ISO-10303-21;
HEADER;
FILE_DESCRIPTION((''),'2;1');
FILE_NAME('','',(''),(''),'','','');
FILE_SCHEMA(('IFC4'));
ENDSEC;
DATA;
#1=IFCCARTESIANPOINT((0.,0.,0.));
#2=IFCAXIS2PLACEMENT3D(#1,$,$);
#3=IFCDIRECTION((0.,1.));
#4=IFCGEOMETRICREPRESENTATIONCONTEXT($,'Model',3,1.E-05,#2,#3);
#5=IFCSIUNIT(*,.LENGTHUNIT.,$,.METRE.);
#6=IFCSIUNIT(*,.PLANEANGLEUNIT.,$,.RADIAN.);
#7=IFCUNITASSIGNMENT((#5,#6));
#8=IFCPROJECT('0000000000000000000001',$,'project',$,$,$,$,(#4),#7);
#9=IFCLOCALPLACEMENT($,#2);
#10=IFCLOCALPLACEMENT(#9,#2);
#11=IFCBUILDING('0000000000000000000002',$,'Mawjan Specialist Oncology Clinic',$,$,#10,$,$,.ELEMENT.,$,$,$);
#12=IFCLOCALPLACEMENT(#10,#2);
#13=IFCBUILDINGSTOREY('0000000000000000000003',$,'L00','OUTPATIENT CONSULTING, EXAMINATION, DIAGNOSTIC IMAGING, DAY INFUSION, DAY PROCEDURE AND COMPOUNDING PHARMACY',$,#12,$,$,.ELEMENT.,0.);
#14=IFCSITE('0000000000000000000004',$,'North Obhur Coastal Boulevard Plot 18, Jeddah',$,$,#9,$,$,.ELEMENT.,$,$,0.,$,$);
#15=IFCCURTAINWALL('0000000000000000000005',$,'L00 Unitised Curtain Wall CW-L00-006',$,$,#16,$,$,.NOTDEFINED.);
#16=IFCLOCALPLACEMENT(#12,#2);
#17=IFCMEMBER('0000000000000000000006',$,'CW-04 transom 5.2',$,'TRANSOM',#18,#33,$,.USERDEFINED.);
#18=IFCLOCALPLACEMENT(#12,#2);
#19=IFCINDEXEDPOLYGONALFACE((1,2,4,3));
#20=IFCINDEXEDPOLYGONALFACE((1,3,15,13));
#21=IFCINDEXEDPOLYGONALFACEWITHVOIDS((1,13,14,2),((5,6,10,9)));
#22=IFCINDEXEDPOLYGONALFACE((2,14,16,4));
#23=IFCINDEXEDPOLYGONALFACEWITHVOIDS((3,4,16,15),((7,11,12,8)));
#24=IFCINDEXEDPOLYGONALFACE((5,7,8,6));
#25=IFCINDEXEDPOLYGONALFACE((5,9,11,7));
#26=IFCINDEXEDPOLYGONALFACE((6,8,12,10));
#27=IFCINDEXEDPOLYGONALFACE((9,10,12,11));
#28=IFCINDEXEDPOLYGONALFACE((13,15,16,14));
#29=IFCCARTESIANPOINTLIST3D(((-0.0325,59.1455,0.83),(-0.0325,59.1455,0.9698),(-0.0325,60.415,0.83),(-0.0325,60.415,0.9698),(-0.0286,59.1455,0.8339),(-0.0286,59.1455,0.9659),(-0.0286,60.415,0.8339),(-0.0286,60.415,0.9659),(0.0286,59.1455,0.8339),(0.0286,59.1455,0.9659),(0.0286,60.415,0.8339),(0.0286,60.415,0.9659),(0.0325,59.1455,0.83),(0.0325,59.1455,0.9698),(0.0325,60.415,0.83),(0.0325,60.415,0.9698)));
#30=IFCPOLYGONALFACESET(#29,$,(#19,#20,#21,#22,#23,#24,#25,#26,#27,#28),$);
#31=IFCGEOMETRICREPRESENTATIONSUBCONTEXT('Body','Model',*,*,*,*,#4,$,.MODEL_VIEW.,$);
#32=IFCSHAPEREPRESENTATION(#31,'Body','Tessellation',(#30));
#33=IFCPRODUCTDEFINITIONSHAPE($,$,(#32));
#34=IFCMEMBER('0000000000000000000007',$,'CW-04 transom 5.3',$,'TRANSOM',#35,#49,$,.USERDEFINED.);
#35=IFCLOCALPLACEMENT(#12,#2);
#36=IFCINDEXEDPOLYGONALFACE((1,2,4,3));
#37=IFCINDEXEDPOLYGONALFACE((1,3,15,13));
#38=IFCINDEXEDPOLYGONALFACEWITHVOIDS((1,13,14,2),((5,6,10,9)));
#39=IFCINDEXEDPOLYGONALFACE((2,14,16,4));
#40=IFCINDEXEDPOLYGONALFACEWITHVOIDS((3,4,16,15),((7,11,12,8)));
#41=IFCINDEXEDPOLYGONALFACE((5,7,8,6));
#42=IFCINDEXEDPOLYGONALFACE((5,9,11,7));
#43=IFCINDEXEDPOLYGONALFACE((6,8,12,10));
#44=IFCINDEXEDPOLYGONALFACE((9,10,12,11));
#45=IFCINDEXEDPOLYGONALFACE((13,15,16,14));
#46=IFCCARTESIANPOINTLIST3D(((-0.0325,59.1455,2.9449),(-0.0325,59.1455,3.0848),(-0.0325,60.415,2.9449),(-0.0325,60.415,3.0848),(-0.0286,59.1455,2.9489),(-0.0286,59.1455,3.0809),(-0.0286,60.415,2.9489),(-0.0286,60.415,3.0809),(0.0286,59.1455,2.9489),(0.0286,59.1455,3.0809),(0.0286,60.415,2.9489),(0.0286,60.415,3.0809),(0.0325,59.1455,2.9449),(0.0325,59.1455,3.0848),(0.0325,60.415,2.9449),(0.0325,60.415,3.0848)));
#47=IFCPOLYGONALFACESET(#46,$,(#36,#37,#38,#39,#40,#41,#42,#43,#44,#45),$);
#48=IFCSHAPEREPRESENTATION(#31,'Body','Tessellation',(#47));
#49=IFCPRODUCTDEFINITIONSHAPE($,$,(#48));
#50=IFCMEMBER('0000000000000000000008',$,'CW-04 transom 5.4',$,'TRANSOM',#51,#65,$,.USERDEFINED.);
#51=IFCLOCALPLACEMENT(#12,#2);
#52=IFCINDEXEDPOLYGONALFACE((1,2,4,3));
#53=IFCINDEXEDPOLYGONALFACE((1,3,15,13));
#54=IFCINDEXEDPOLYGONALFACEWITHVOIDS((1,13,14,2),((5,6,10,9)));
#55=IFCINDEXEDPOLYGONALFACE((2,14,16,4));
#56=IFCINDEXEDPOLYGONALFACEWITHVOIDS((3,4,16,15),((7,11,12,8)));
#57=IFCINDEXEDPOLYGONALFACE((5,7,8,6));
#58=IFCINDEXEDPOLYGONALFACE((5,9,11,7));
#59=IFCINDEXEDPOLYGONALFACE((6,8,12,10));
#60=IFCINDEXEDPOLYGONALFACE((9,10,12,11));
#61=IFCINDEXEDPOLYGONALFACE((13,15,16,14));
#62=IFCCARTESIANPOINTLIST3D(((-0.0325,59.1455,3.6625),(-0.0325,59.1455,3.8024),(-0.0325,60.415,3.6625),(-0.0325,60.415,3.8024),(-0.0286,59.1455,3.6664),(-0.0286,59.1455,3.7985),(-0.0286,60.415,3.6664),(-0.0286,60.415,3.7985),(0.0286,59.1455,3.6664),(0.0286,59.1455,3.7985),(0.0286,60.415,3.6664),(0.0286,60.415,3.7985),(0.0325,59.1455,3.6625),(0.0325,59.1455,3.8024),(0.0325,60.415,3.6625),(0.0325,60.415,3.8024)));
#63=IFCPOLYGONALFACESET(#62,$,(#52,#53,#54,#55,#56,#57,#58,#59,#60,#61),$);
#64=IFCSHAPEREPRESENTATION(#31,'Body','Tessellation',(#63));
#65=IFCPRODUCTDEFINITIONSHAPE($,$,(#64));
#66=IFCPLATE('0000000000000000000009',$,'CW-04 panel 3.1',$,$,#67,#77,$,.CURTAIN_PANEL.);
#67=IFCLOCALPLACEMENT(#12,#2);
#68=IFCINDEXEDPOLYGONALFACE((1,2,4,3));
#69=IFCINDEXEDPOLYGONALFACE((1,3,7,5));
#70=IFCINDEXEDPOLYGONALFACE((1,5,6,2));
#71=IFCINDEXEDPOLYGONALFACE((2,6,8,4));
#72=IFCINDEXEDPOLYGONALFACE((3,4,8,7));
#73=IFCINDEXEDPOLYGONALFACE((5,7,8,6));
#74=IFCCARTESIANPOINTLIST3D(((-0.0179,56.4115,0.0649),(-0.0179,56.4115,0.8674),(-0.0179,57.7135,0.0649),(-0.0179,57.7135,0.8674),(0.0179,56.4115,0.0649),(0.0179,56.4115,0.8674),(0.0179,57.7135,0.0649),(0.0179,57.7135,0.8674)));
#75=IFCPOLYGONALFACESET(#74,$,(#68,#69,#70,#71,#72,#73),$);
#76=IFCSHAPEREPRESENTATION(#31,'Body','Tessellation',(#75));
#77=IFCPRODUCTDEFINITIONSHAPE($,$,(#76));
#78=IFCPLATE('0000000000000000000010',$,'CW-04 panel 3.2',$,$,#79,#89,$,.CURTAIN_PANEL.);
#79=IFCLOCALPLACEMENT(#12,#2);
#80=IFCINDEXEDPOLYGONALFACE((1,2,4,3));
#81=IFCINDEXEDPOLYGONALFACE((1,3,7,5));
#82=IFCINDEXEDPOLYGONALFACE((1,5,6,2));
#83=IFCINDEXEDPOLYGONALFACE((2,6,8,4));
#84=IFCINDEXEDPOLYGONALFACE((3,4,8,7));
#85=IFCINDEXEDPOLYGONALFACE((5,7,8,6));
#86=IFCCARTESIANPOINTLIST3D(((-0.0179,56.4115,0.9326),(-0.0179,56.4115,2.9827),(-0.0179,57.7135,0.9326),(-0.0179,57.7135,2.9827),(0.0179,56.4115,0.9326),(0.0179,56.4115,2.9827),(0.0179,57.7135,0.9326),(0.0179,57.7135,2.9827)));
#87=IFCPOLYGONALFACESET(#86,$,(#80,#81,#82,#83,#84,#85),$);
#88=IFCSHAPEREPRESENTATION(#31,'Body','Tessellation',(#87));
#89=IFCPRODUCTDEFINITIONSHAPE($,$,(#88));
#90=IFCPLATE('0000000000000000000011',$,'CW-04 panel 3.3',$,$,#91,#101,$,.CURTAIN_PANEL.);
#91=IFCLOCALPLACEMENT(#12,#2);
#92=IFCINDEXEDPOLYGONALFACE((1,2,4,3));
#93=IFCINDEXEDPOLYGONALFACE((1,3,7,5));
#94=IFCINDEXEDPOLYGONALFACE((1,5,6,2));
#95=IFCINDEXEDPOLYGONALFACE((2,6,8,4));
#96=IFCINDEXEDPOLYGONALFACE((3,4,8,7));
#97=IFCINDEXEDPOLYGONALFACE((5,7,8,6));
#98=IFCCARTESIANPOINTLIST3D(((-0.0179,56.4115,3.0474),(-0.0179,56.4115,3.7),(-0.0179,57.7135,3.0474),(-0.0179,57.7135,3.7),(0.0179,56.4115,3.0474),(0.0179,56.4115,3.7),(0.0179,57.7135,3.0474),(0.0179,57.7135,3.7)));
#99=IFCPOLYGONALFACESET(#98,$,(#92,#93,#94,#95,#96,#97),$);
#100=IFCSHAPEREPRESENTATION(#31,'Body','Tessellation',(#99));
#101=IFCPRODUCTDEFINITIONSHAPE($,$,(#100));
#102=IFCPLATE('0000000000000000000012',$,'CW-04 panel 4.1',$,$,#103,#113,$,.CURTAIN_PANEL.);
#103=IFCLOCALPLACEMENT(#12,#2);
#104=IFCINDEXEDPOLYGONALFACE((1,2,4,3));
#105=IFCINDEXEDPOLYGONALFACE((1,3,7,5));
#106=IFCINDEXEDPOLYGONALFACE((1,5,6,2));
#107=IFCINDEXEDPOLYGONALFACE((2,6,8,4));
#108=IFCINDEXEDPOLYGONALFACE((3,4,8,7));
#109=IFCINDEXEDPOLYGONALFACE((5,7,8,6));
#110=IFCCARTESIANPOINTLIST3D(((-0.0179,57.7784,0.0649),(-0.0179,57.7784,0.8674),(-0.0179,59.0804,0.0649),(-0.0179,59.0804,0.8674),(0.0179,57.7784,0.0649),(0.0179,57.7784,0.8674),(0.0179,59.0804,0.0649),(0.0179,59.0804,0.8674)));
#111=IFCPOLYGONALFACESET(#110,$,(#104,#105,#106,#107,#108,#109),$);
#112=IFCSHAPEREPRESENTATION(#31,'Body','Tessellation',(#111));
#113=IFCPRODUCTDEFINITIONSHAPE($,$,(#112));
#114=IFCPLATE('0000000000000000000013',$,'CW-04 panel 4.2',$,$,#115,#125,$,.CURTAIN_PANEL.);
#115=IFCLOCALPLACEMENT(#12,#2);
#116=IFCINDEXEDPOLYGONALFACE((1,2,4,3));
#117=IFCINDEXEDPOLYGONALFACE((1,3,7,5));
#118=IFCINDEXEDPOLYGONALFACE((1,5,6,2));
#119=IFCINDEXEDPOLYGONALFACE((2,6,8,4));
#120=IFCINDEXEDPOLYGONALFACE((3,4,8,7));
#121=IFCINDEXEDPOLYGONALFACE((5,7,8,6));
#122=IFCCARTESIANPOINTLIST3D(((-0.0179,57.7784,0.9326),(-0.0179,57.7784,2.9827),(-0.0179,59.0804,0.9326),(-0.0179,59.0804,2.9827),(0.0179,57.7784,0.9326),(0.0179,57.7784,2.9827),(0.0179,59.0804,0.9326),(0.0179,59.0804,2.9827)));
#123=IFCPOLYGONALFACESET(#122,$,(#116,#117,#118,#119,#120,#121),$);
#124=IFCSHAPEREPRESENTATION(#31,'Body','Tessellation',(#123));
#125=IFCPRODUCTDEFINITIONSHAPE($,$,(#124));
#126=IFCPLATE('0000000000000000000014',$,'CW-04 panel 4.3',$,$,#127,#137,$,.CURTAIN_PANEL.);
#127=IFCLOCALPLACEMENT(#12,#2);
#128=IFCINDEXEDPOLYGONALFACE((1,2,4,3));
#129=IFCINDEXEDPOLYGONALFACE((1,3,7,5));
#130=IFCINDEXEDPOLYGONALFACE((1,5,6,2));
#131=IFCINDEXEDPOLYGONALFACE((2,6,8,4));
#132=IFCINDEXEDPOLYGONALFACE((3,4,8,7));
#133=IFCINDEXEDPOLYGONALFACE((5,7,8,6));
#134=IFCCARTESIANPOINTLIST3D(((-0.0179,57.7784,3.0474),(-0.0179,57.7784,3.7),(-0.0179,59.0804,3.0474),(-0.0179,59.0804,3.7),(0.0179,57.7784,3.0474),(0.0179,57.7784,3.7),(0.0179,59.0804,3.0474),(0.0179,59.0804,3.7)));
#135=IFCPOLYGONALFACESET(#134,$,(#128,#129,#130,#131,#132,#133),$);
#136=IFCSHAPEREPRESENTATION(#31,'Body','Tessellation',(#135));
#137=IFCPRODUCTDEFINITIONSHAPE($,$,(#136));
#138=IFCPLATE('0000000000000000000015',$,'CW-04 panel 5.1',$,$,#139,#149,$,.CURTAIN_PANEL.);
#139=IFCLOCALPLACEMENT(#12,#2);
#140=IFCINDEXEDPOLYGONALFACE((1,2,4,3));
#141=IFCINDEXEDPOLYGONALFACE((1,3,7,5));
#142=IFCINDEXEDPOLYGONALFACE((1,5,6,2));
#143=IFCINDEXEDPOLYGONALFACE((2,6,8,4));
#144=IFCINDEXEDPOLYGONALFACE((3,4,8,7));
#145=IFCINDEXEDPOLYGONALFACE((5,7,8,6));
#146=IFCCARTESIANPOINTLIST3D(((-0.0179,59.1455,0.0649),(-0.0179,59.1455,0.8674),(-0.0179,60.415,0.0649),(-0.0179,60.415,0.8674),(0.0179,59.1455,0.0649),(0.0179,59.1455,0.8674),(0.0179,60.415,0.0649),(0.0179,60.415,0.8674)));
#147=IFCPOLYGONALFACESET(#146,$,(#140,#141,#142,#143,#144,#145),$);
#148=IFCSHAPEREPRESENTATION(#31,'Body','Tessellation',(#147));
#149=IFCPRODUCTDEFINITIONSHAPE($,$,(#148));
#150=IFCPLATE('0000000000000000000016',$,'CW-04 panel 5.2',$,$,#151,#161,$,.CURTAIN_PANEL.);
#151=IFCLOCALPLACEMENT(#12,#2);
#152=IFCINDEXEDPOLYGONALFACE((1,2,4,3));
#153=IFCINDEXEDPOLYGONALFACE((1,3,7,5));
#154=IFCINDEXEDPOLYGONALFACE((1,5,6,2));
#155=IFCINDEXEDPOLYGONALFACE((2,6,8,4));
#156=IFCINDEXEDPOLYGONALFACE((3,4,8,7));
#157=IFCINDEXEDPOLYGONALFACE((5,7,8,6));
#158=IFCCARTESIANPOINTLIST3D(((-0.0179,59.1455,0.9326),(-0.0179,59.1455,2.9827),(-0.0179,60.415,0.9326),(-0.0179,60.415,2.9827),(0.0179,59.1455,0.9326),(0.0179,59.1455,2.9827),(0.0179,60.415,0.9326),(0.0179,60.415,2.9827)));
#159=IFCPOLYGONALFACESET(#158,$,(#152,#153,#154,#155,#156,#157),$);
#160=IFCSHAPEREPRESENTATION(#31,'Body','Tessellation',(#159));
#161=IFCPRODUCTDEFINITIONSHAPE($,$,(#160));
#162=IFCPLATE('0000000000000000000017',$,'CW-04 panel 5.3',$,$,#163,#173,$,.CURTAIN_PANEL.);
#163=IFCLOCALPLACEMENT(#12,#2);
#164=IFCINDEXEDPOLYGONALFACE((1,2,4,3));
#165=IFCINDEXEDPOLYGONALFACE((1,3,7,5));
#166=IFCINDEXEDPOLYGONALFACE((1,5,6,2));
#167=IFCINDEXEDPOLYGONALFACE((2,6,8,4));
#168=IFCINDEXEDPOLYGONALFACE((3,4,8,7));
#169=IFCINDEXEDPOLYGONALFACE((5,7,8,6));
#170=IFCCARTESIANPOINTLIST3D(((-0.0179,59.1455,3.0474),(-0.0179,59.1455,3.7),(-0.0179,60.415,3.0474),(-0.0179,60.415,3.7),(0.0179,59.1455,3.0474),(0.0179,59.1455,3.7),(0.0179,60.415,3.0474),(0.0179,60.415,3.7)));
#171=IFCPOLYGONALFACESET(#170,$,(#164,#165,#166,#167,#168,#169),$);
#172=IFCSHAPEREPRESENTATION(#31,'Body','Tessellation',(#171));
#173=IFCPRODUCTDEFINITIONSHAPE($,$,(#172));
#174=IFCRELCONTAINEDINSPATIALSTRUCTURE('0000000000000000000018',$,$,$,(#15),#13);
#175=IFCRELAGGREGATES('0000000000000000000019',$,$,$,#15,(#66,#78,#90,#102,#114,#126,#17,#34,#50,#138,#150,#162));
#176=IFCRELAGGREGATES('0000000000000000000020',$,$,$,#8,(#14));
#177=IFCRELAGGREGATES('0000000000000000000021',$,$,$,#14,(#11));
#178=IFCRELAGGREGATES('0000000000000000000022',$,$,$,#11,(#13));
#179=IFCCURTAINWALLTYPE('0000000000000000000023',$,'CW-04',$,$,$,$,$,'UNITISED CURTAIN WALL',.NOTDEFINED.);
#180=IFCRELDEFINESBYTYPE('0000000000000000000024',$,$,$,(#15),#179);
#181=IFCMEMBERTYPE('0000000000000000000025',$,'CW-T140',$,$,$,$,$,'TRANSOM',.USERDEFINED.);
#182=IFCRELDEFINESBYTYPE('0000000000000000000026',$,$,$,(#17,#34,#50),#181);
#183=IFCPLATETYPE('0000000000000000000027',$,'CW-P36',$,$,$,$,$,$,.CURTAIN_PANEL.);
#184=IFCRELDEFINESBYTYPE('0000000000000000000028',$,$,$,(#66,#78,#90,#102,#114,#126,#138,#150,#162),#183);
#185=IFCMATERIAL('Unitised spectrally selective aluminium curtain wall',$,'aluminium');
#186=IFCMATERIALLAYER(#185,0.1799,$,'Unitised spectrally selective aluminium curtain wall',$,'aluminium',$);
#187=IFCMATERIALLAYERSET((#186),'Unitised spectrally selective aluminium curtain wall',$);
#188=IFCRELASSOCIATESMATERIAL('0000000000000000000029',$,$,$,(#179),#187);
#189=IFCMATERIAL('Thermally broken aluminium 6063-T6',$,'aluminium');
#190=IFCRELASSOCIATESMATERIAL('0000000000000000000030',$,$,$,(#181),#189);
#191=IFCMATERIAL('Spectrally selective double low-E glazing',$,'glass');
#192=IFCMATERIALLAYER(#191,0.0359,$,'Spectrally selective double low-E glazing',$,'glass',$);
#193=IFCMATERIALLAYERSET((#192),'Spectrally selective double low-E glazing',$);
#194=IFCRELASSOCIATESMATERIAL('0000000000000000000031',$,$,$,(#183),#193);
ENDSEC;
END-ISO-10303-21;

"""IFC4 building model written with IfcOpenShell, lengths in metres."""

from ifc_helpers import new_model, si_unit, direction, frame, origin, origin_2d, place, context, subcontext, project, spatial, rectangle, hollow_rectangle, extrude, material, layer, layer_set, material_profile, profile_set, type_object, element, aggregate, save


model = new_model("IFC4")

# Units and contexts
model_context = context("Model", 3, precision=1e-05, world=origin(), true_north=direction((0.0, 1.0)))
body_context = subcontext(model_context, "Body", "Model", "MODEL_VIEW")
ifc_project = project(units=[si_unit("LENGTHUNIT", "METRE"), si_unit("PLANEANGLEUNIT", "RADIAN")], contexts=[model_context])

# Site, building, storey
site_placement = place(None, origin())
site = spatial("IfcSite", under=ifc_project, at=site_placement, Name="North Obhur Coastal Boulevard Plot 18, Jeddah", CompositionType="ELEMENT", RefElevation=0.0)
building_placement = place(site_placement, origin())
building = spatial("IfcBuilding", under=site, at=building_placement, Name="Mawjan Specialist Oncology Clinic", CompositionType="ELEMENT")
storey_placement = place(building_placement, origin())
storey = spatial("IfcBuildingStorey", under=building, at=storey_placement, Name="L00", Description="OUTPATIENT CONSULTING, EXAMINATION, DIAGNOSTIC IMAGING, DAY INFUSION, DAY PROCEDURE AND COMPOUNDING PHARMACY", CompositionType="ELEMENT", Elevation=0.0)

# Curtain wall, members, plates
ifc_material_1 = material(Name="Unitised spectrally selective aluminium curtain wall", Category="aluminium")
ifc_layer_1 = layer(ifc_material_1, 0.1799, Name="Unitised spectrally selective aluminium curtain wall", Category="aluminium")
ifc_layer_set_1 = layer_set([ifc_layer_1], Name="Unitised spectrally selective aluminium curtain wall")
curtain_wall_type = type_object("IfcCurtainWallType", Name="CW-04", ElementType="UNITISED CURTAIN WALL", PredefinedType="NOTDEFINED", material=ifc_layer_set_1)
curtain_wall_placement = place(storey_placement, origin())
curtain_wall = element("IfcCurtainWall", 1, at=curtain_wall_placement, inside=storey, type_object=curtain_wall_type, Name="L00 Unitised Curtain Wall CW-L00-006", PredefinedType="NOTDEFINED")
ifc_material_2 = material(Name="Thermally broken aluminium 6063-T6", Category="aluminium")
ifc_material_profile_1 = material_profile(ifc_material_2, hollow_rectangle(XDim=0.0649, YDim=0.1399, WallThickness=0.0039, at=origin_2d()), Name="ALU TRANSOM 140x65x4", Category="aluminium")
ifc_profile_set_1 = profile_set([ifc_material_profile_1], Name="Thermally broken aluminium 6063-T6")
member_type_1 = type_object("IfcMemberType", Name="CW-T140", ElementType="TRANSOM", PredefinedType="USERDEFINED", material=ifc_profile_set_1)
member_1_placement = place(storey_placement, frame((0.0, 59.1455, 0.8999), z_axis=(0.0, 1.0, 0.0), x_axis=(-1.0, 0.0, 0.0)))
member_1 = element("IfcMember", 2, at=member_1_placement, type_object=member_type_1, Name="CW-04 transom 5.2", ObjectType="TRANSOM", PredefinedType="USERDEFINED", context=body_context, shape_type="SweptSolid", body=[
    extrude(hollow_rectangle(XDim=0.0649, YDim=0.1399, WallThickness=0.0039, at=origin_2d()), origin(), (0.0, 0.0, 1.0), 1.2695),
])
member_2_placement = place(storey_placement, frame((0.0, 59.1455, 3.0149), z_axis=(0.0, 1.0, 0.0), x_axis=(-1.0, 0.0, 0.0)))
member_2 = element("IfcMember", 3, at=member_2_placement, type_object=member_type_1, Name="CW-04 transom 5.3", ObjectType="TRANSOM", PredefinedType="USERDEFINED", context=body_context, shape_type="SweptSolid", body=[
    extrude(hollow_rectangle(XDim=0.0649, YDim=0.1399, WallThickness=0.0039, at=origin_2d()), origin(), (0.0, 0.0, 1.0), 1.2695),
])
member_3_placement = place(storey_placement, frame((0.0, 59.1455, 3.7324), z_axis=(0.0, 1.0, 0.0), x_axis=(-1.0, 0.0, 0.0)))
member_3 = element("IfcMember", 4, at=member_3_placement, type_object=member_type_1, Name="CW-04 transom 5.4", ObjectType="TRANSOM", PredefinedType="USERDEFINED", context=body_context, shape_type="SweptSolid", body=[
    extrude(hollow_rectangle(XDim=0.0649, YDim=0.1399, WallThickness=0.0039, at=origin_2d()), origin(), (0.0, 0.0, 1.0), 1.2695),
])
ifc_material_3 = material(Name="Spectrally selective double low-E glazing", Category="glass")
ifc_layer_2 = layer(ifc_material_3, 0.0359, Name="Spectrally selective double low-E glazing", Category="glass")
ifc_layer_set_2 = layer_set([ifc_layer_2], Name="Spectrally selective double low-E glazing")
plate_type = type_object("IfcPlateType", Name="CW-P36", PredefinedType="CURTAIN_PANEL", material=ifc_layer_set_2)
plate_1_placement = place(storey_placement, frame((0.0, 57.0625, 0.0649), z_axis=(0.0, 0.0, 1.0), x_axis=(0.0, 1.0, 0.0)))
plate_1 = element("IfcPlate", 5, at=plate_1_placement, type_object=plate_type, Name="CW-04 panel 3.1", PredefinedType="CURTAIN_PANEL", context=body_context, shape_type="SweptSolid", body=[
    extrude(rectangle(XDim=1.302, YDim=0.0359, at=origin_2d()), origin(), (0.0, 0.0, 1.0), 0.8025),
])
plate_2_placement = place(storey_placement, frame((0.0, 57.0625, 0.9326), z_axis=(0.0, 0.0, 1.0), x_axis=(0.0, 1.0, 0.0)))
plate_2 = element("IfcPlate", 6, at=plate_2_placement, type_object=plate_type, Name="CW-04 panel 3.2", PredefinedType="CURTAIN_PANEL", context=body_context, shape_type="SweptSolid", body=[
    extrude(rectangle(XDim=1.302, YDim=0.0359, at=origin_2d()), origin(), (0.0, 0.0, 1.0), 2.05),
])
plate_3_placement = place(storey_placement, frame((0.0, 57.0625, 3.0474), z_axis=(0.0, 0.0, 1.0), x_axis=(0.0, 1.0, 0.0)))
plate_3 = element("IfcPlate", 7, at=plate_3_placement, type_object=plate_type, Name="CW-04 panel 3.3", PredefinedType="CURTAIN_PANEL", context=body_context, shape_type="SweptSolid", body=[
    extrude(rectangle(XDim=1.302, YDim=0.0359, at=origin_2d()), origin(), (0.0, 0.0, 1.0), 0.6526),
])
plate_4_placement = place(storey_placement, frame((0.0, 58.4294, 0.0649), z_axis=(0.0, 0.0, 1.0), x_axis=(0.0, 1.0, 0.0)))
plate_4 = element("IfcPlate", 8, at=plate_4_placement, type_object=plate_type, Name="CW-04 panel 4.1", PredefinedType="CURTAIN_PANEL", context=body_context, shape_type="SweptSolid", body=[
    extrude(rectangle(XDim=1.302, YDim=0.0359, at=origin_2d()), origin(), (0.0, 0.0, 1.0), 0.8025),
])
plate_5_placement = place(storey_placement, frame((0.0, 58.4294, 0.9326), z_axis=(0.0, 0.0, 1.0), x_axis=(0.0, 1.0, 0.0)))
plate_5 = element("IfcPlate", 9, at=plate_5_placement, type_object=plate_type, Name="CW-04 panel 4.2", PredefinedType="CURTAIN_PANEL", context=body_context, shape_type="SweptSolid", body=[
    extrude(rectangle(XDim=1.302, YDim=0.0359, at=origin_2d()), origin(), (0.0, 0.0, 1.0), 2.05),
])
plate_6_placement = place(storey_placement, frame((0.0, 58.4294, 3.0474), z_axis=(0.0, 0.0, 1.0), x_axis=(0.0, 1.0, 0.0)))
plate_6 = element("IfcPlate", 10, at=plate_6_placement, type_object=plate_type, Name="CW-04 panel 4.3", PredefinedType="CURTAIN_PANEL", context=body_context, shape_type="SweptSolid", body=[
    extrude(rectangle(XDim=1.302, YDim=0.0359, at=origin_2d()), origin(), (0.0, 0.0, 1.0), 0.6526),
])
plate_7_placement = place(storey_placement, frame((0.0, 59.7803, 0.0649), z_axis=(0.0, 0.0, 1.0), x_axis=(0.0, 1.0, 0.0)))
plate_7 = element("IfcPlate", 11, at=plate_7_placement, type_object=plate_type, Name="CW-04 panel 5.1", PredefinedType="CURTAIN_PANEL", context=body_context, shape_type="SweptSolid", body=[
    extrude(rectangle(XDim=1.2695, YDim=0.0359, at=origin_2d()), origin(), (0.0, 0.0, 1.0), 0.8025),
])
plate_8_placement = place(storey_placement, frame((0.0, 59.7803, 0.9326), z_axis=(0.0, 0.0, 1.0), x_axis=(0.0, 1.0, 0.0)))
plate_8 = element("IfcPlate", 12, at=plate_8_placement, type_object=plate_type, Name="CW-04 panel 5.2", PredefinedType="CURTAIN_PANEL", context=body_context, shape_type="SweptSolid", body=[
    extrude(rectangle(XDim=1.2695, YDim=0.0359, at=origin_2d()), origin(), (0.0, 0.0, 1.0), 2.05),
])
plate_9_placement = place(storey_placement, frame((0.0, 59.7803, 3.0474), z_axis=(0.0, 0.0, 1.0), x_axis=(0.0, 1.0, 0.0)))
plate_9 = element("IfcPlate", 13, at=plate_9_placement, type_object=plate_type, Name="CW-04 panel 5.3", PredefinedType="CURTAIN_PANEL", context=body_context, shape_type="SweptSolid", body=[
    extrude(rectangle(XDim=1.2695, YDim=0.0359, at=origin_2d()), origin(), (0.0, 0.0, 1.0), 0.6526),
])
aggregate(curtain_wall, [plate_1, plate_2, plate_3, plate_4, plate_5, plate_6, member_1, member_2, member_3, plate_7, plate_8, plate_9])

save(model, "model.ifc")
